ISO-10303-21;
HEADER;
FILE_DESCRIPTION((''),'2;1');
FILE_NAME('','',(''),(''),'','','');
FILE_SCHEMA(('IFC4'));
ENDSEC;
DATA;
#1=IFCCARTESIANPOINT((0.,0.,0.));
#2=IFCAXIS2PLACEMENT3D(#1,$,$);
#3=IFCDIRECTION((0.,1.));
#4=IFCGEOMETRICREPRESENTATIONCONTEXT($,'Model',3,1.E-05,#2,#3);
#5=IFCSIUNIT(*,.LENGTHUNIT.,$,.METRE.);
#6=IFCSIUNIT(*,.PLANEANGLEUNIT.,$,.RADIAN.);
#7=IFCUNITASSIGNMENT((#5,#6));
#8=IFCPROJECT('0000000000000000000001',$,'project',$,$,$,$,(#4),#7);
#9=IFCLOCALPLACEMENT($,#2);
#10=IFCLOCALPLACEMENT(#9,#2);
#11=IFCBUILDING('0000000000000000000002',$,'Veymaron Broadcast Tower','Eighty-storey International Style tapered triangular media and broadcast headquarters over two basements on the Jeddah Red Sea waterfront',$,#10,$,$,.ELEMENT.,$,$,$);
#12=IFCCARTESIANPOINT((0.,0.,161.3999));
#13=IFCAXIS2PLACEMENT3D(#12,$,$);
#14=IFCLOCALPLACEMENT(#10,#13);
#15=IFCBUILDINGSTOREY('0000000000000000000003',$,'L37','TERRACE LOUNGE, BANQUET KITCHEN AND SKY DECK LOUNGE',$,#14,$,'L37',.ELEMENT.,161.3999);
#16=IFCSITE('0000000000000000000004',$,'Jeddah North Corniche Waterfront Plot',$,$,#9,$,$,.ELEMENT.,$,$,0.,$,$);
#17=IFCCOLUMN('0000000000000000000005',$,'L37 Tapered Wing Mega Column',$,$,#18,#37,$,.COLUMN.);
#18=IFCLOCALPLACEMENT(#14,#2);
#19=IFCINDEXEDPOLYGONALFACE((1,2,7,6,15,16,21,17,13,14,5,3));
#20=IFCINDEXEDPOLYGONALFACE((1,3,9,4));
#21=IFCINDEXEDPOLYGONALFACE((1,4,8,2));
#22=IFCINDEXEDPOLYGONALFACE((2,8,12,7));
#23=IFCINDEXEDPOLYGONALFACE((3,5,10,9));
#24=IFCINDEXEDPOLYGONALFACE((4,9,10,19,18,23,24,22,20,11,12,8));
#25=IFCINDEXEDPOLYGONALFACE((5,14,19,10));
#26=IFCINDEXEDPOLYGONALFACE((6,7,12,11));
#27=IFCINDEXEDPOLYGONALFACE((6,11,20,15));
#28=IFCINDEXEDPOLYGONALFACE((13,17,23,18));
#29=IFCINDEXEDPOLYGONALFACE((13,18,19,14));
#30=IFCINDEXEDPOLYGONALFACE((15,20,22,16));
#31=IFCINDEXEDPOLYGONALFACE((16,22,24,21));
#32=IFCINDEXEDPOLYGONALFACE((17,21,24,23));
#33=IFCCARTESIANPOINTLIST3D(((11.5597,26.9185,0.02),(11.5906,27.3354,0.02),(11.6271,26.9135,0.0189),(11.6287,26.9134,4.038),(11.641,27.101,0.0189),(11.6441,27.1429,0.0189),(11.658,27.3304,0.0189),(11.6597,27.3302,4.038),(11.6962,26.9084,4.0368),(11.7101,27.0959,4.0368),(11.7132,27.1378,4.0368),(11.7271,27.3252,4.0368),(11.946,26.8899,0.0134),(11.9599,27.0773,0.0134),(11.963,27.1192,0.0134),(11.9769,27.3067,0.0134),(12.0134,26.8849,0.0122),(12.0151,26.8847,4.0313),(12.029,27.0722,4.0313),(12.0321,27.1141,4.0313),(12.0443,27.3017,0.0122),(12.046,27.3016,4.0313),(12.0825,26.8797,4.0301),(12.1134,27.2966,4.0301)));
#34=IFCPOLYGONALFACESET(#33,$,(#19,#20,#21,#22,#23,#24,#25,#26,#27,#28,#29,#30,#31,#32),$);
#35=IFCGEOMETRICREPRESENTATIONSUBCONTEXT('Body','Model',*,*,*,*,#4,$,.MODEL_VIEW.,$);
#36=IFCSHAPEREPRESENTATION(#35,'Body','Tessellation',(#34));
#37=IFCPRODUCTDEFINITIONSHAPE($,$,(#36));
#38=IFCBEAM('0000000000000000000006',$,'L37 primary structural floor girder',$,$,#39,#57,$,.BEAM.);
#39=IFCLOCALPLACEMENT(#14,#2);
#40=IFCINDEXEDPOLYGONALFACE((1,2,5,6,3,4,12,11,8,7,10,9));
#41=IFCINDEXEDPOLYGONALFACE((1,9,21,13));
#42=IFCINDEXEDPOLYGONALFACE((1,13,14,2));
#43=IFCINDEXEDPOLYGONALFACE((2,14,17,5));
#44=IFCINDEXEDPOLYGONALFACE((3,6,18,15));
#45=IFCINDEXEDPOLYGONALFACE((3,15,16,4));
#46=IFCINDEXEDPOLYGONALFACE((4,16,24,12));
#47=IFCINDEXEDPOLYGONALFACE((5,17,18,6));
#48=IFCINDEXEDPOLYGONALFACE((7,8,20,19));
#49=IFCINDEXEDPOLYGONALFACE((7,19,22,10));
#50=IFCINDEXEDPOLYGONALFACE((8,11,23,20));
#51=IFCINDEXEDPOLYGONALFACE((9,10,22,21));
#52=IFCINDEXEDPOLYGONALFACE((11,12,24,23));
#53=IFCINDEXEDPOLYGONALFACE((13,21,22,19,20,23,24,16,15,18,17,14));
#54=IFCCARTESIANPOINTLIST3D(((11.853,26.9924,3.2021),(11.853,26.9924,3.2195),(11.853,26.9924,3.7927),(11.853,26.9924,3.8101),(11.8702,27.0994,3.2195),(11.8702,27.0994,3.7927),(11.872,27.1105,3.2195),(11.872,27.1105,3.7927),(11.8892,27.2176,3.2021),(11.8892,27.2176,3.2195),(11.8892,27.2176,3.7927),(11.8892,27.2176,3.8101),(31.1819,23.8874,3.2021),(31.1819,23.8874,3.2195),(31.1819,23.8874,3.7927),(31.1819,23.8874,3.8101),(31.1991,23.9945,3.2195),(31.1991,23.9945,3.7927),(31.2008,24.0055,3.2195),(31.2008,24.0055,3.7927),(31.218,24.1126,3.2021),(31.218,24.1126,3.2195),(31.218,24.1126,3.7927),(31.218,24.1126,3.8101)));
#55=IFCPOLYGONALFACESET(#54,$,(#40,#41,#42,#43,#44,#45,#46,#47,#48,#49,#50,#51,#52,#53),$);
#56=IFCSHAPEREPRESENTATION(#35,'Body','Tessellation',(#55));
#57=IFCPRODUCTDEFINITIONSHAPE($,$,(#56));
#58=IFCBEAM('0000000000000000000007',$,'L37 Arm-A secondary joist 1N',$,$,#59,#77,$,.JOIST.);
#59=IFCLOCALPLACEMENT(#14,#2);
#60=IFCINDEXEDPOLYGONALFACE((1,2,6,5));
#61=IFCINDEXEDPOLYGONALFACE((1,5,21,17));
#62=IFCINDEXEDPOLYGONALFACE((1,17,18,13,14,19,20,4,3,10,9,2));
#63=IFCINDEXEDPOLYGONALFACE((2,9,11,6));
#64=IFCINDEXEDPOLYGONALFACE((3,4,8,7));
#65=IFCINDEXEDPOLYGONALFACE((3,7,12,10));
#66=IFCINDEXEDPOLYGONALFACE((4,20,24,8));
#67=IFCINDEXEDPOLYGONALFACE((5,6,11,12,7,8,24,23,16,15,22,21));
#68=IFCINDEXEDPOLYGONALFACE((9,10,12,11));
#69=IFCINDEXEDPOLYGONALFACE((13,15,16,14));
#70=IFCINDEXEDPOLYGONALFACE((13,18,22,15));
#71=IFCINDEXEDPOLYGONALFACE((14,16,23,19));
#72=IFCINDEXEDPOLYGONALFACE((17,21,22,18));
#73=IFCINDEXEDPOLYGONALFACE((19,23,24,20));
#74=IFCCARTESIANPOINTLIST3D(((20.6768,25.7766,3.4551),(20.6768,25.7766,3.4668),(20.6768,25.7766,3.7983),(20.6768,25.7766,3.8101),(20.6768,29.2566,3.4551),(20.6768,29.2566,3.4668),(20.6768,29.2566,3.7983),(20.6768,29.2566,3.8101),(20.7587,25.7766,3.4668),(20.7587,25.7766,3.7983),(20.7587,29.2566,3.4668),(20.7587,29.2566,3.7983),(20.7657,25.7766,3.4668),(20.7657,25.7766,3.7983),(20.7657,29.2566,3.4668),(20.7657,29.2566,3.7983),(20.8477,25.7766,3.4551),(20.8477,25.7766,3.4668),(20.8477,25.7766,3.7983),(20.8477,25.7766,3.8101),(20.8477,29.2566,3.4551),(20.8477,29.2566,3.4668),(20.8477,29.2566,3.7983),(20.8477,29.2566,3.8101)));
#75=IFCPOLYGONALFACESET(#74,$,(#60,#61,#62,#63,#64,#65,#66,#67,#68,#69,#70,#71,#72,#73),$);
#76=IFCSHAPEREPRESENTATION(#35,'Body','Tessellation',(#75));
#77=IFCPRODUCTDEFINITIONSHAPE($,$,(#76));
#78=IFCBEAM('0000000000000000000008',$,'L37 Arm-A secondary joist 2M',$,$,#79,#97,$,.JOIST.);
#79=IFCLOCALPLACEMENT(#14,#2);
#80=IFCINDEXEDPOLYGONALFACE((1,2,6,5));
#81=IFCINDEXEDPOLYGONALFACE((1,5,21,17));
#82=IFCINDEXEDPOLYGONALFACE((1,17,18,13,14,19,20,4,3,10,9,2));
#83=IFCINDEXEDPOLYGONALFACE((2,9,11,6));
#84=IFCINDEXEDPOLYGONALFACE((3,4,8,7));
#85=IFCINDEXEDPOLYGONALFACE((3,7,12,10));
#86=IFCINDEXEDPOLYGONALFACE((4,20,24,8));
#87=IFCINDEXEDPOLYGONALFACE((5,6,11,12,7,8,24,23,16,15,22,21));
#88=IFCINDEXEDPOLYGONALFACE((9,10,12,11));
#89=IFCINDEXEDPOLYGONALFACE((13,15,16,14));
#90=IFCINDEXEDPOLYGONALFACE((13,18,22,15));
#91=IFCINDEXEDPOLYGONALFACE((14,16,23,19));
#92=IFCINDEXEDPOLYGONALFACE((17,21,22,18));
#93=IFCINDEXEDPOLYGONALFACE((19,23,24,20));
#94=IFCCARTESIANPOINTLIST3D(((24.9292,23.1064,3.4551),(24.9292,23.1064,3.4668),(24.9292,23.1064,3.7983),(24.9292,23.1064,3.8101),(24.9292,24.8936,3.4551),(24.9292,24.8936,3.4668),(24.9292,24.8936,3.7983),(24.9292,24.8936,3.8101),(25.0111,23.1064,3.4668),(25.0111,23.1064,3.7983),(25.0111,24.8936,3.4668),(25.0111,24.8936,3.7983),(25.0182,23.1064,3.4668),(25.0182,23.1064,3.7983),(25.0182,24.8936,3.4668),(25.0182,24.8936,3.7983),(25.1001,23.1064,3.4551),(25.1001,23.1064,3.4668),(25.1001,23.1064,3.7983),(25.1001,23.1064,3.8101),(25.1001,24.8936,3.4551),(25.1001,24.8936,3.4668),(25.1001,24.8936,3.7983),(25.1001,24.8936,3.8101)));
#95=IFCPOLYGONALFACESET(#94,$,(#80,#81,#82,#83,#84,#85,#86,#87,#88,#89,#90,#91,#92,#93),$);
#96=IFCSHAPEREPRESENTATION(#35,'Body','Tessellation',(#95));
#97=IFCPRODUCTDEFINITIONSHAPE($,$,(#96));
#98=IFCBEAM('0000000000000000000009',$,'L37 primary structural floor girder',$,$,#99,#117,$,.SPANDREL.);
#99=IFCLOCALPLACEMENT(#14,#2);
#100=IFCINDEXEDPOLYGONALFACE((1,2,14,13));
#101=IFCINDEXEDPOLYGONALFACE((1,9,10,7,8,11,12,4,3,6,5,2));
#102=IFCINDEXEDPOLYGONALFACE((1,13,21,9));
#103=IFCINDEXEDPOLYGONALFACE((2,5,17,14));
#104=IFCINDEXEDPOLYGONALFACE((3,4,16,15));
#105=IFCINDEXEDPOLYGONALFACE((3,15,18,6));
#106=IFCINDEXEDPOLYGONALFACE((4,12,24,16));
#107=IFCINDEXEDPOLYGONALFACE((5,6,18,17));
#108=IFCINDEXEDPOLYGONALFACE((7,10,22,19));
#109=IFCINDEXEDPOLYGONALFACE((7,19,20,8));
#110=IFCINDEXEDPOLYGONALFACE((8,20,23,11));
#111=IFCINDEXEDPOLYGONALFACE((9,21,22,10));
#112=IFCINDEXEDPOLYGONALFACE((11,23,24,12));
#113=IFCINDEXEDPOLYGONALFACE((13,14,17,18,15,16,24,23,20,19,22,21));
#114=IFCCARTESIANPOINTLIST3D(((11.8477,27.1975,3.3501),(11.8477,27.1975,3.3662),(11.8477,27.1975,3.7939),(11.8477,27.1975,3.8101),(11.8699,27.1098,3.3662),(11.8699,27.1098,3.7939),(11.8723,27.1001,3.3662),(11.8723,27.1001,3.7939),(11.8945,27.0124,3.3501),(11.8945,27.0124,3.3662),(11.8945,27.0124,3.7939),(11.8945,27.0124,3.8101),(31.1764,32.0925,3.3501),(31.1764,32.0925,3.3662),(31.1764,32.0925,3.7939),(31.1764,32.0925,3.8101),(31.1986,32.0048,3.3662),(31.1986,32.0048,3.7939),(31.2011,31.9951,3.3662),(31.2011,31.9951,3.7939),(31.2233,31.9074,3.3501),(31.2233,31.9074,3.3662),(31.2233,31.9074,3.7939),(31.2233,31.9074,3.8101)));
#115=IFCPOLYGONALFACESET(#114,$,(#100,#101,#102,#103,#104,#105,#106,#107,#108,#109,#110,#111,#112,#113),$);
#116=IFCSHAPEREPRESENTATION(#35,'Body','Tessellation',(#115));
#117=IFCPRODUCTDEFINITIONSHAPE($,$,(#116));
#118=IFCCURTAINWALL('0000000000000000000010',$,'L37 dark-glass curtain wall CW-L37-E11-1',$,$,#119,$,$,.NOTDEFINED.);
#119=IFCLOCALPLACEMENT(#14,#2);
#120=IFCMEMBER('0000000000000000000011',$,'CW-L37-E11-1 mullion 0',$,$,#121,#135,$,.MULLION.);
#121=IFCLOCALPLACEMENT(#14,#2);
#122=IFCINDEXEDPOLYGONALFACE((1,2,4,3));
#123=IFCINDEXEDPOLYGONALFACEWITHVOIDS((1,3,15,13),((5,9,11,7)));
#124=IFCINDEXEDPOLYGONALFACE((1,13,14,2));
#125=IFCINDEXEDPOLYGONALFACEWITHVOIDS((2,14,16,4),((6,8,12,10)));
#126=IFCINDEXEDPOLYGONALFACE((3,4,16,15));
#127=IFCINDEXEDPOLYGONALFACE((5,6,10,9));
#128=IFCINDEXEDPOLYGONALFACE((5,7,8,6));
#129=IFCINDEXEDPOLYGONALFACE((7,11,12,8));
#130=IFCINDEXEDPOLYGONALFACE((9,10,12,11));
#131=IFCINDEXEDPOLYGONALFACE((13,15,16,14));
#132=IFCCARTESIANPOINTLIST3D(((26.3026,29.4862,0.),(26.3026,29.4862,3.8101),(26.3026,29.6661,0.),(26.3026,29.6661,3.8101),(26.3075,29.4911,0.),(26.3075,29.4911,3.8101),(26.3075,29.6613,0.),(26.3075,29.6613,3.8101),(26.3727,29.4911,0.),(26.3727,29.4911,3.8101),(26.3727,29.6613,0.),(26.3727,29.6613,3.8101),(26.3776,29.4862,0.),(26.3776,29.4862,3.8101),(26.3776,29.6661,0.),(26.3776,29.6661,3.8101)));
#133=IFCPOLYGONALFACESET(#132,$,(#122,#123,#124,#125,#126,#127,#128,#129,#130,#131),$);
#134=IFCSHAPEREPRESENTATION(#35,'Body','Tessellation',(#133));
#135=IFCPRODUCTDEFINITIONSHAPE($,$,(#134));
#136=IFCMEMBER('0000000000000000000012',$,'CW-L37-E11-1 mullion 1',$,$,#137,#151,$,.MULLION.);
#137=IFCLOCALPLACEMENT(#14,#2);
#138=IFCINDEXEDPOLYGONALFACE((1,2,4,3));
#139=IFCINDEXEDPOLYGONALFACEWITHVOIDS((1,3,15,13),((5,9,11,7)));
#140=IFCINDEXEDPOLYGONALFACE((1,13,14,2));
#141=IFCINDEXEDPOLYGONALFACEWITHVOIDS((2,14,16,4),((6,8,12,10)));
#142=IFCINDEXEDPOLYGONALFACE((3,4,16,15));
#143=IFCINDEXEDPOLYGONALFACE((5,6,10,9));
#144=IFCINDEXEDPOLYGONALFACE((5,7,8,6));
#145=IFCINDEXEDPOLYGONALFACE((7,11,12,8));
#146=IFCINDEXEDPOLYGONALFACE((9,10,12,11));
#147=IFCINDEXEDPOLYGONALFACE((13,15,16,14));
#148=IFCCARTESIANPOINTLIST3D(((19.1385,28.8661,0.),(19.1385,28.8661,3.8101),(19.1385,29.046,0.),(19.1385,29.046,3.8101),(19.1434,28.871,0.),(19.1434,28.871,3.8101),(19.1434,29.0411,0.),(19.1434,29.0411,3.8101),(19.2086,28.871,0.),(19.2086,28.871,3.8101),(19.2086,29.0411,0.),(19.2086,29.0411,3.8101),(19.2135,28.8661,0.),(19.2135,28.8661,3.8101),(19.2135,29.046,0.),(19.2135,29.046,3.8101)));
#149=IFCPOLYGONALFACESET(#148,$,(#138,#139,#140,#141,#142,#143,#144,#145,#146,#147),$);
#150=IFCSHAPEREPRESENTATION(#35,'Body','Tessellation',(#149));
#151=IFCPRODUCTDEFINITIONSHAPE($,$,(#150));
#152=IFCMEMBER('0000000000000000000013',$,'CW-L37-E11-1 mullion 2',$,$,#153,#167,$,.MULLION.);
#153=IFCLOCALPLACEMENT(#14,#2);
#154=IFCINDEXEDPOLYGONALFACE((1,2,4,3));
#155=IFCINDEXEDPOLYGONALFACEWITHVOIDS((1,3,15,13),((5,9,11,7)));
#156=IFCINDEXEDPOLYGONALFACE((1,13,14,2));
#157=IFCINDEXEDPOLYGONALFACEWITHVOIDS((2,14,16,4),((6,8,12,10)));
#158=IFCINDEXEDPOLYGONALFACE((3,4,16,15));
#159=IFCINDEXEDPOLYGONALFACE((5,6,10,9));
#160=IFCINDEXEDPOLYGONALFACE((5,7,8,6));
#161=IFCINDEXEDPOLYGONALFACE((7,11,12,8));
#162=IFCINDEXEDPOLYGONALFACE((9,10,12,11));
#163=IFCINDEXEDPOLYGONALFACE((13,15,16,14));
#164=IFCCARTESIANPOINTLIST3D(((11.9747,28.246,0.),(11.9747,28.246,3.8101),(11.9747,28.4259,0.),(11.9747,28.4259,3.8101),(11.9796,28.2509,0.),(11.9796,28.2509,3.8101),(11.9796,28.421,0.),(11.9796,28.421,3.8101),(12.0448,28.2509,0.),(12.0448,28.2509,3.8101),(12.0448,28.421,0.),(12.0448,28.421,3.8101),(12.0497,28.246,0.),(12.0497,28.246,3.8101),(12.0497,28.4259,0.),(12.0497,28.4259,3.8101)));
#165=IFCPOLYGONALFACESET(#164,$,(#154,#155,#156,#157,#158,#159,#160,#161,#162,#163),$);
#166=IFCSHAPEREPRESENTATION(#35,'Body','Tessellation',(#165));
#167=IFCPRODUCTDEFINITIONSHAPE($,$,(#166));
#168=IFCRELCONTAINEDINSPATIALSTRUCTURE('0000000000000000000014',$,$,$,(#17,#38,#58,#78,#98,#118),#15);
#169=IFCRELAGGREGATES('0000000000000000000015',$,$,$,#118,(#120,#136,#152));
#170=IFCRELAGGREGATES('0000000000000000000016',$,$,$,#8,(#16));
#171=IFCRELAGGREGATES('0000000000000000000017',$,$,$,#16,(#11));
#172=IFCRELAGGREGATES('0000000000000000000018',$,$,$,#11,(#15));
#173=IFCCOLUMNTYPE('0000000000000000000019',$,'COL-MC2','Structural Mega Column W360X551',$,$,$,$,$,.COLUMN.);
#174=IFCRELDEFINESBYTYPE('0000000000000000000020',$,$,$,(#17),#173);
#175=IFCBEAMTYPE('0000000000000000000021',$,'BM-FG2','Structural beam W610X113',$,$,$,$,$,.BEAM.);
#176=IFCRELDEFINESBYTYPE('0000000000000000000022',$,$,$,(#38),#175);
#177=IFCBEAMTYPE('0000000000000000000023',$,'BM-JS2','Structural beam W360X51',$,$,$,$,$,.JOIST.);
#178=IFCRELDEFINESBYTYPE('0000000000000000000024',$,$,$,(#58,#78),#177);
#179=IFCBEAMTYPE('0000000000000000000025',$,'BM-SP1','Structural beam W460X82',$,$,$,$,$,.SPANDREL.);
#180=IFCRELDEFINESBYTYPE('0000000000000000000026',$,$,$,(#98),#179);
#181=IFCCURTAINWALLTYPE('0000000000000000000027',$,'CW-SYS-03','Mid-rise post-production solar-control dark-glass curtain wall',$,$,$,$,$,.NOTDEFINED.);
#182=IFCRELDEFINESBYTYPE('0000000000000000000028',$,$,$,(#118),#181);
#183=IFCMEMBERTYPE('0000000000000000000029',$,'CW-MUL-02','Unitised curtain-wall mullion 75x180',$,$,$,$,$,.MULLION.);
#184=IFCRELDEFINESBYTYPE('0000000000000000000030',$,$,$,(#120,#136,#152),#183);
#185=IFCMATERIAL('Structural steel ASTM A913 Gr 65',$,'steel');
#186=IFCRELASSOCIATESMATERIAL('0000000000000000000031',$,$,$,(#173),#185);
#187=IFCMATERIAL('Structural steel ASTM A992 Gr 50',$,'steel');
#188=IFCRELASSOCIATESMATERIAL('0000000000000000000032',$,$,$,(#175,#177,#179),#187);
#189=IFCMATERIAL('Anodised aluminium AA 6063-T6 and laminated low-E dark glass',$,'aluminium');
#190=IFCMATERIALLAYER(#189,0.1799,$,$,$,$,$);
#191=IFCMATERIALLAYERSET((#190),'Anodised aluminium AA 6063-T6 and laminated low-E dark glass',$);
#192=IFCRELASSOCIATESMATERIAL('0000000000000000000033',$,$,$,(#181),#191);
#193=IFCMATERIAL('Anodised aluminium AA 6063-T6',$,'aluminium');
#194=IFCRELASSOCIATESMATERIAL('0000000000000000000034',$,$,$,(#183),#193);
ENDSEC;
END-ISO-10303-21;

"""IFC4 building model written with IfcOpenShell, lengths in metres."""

from ifc_helpers import new_model, si_unit, direction, frame, origin, origin_2d, place, context, subcontext, project, spatial, hollow_rectangle, i_section, extrude, material, layer, layer_set, material_profile, profile_set, type_object, element, aggregate, save


model = new_model("IFC4")

# Units and contexts
model_context = context("Model", 3, precision=1e-05, world=origin(), true_north=direction((0.0, 1.0)))
body_context = subcontext(model_context, "Body", "Model", "MODEL_VIEW")
ifc_project = project(units=[si_unit("LENGTHUNIT", "METRE"), si_unit("PLANEANGLEUNIT", "RADIAN")], contexts=[model_context])

# Site, building, storey
site_placement = place(None, origin())
site = spatial("IfcSite", under=ifc_project, at=site_placement, Name="Jeddah North Corniche Waterfront Plot", CompositionType="ELEMENT", RefElevation=0.0)
building_placement = place(site_placement, origin())
building = spatial("IfcBuilding", under=site, at=building_placement, Name="Veymaron Broadcast Tower", Description="Eighty-storey International Style tapered triangular media and broadcast headquarters over two basements on the Jeddah Red Sea waterfront", CompositionType="ELEMENT")
storey_placement = place(building_placement, frame((0.0, 0.0, 161.3999)))
storey = spatial("IfcBuildingStorey", under=building, at=storey_placement, Name="L37", Description="TERRACE LOUNGE, BANQUET KITCHEN AND SKY DECK LOUNGE", LongName="L37", CompositionType="ELEMENT", Elevation=161.3999)

# Column
ifc_material_1 = material(Name="Structural steel ASTM A913 Gr 65", Category="steel")
ifc_material_profile_1 = material_profile(ifc_material_1, i_section(OverallWidth=0.418, OverallDepth=0.4551, WebThickness=0.042, FlangeThickness=0.0676, at=origin_2d()), Name="W360X551")
ifc_profile_set_1 = profile_set([ifc_material_profile_1], Name="Structural steel ASTM A913 Gr 65")
column_type = type_object("IfcColumnType", Name="COL-MC2", Description="Structural Mega Column W360X551", PredefinedType="COLUMN", material=ifc_profile_set_1)
column_placement = place(storey_placement, frame((11.802, 27.1101, 0.0161), z_axis=(0.017193, -0.001276, 0.999851), x_axis=(0.074001, 0.997258, 0.0)))
element("IfcColumn", 1, at=column_placement, inside=storey, type_object=column_type, Name="L37 Tapered Wing Mega Column", PredefinedType="COLUMN", context=body_context, shape_type="SweptSolid", body=[
    extrude(i_section(OverallWidth=0.418, OverallDepth=0.4551, WebThickness=0.042, FlangeThickness=0.0676, at=origin_2d()), origin(), (0.0, 0.0, 1.0), 4.0186),
])

# Beams
ifc_material_2 = material(Name="Structural steel ASTM A992 Gr 50", Category="steel")
ifc_material_profile_2 = material_profile(ifc_material_2, i_section(OverallWidth=0.228, OverallDepth=0.6079, WebThickness=0.0112, FlangeThickness=0.0173, at=origin_2d()), Name="W610X113")
ifc_profile_set_2 = profile_set([ifc_material_profile_2], Name="Structural steel ASTM A992 Gr 50")
beam_type_1 = type_object("IfcBeamType", Name="BM-FG2", Description="Structural beam W610X113", PredefinedType="BEAM", material=ifc_profile_set_2)
beam_1_placement = place(storey_placement, frame((11.8711, 27.105, 3.5061), z_axis=(0.987342, -0.158606, 0.0), x_axis=(0.158606, 0.987342, 0.0)))
element("IfcBeam", 2, at=beam_1_placement, inside=storey, type_object=beam_type_1, Name="L37 primary structural floor girder", PredefinedType="BEAM", context=body_context, shape_type="SweptSolid", body=[
    extrude(i_section(OverallWidth=0.228, OverallDepth=0.6079, WebThickness=0.0112, FlangeThickness=0.0173, at=origin_2d()), origin(), (0.0, 0.0, 1.0), 19.5767),
])
ifc_material_profile_3 = material_profile(ifc_material_2, i_section(OverallWidth=0.1709, OverallDepth=0.355, WebThickness=0.0071, FlangeThickness=0.0117, at=origin_2d()), Name="W360X51")
ifc_profile_set_3 = profile_set([ifc_material_profile_3], Name="Structural steel ASTM A992 Gr 50")
beam_type_2 = type_object("IfcBeamType", Name="BM-JS2", Description="Structural beam W360X51", PredefinedType="JOIST", material=ifc_profile_set_3)
beam_2_placement = place(storey_placement, frame((20.7622, 25.7766, 3.6326), z_axis=(0.0, 1.0, 0.0), x_axis=(-1.0, 0.0, 0.0)))
element("IfcBeam", 3, at=beam_2_placement, inside=storey, type_object=beam_type_2, Name="L37 Arm-A secondary joist 1N", PredefinedType="JOIST", context=body_context, shape_type="SweptSolid", body=[
    extrude(i_section(OverallWidth=0.1709, OverallDepth=0.355, WebThickness=0.0071, FlangeThickness=0.0117, at=origin_2d()), origin(), (0.0, 0.0, 1.0), 3.48),
])
beam_3_placement = place(storey_placement, frame((25.0146, 23.1064, 3.6326), z_axis=(0.0, 1.0, 0.0), x_axis=(-1.0, 0.0, 0.0)))
element("IfcBeam", 4, at=beam_3_placement, inside=storey, type_object=beam_type_2, Name="L37 Arm-A secondary joist 2M", PredefinedType="JOIST", context=body_context, shape_type="SweptSolid", body=[
    extrude(i_section(OverallWidth=0.1709, OverallDepth=0.355, WebThickness=0.0071, FlangeThickness=0.0117, at=origin_2d()), origin(), (0.0, 0.0, 1.0), 1.7871),
])
ifc_material_profile_4 = material_profile(ifc_material_2, i_section(OverallWidth=0.1909, OverallDepth=0.46, WebThickness=0.01, FlangeThickness=0.0161, at=origin_2d()), Name="W460X82")
ifc_profile_set_4 = profile_set([ifc_material_profile_4], Name="Structural steel ASTM A992 Gr 50")
beam_type_3 = type_object("IfcBeamType", Name="BM-SP1", Description="Structural beam W460X82", PredefinedType="SPANDREL", material=ifc_profile_set_4)
beam_4_placement = place(storey_placement, frame((11.8711, 27.105, 3.5801), z_axis=(0.969397, 0.245499, 0.0), x_axis=(-0.245499, 0.969397, 0.0)))
element("IfcBeam", 5, at=beam_4_placement, inside=storey, type_object=beam_type_3, Name="L37 primary structural floor girder", PredefinedType="SPANDREL", context=body_context, shape_type="SweptSolid", body=[
    extrude(i_section(OverallWidth=0.1909, OverallDepth=0.46, WebThickness=0.01, FlangeThickness=0.0161, at=origin_2d()), origin(), (0.0, 0.0, 1.0), 19.939),
])

# Curtain wall, members
ifc_material_3 = material(Name="Anodised aluminium AA 6063-T6 and laminated low-E dark glass", Category="aluminium")
ifc_layer_1 = layer(ifc_material_3, 0.1799)
ifc_layer_set_1 = layer_set([ifc_layer_1], Name="Anodised aluminium AA 6063-T6 and laminated low-E dark glass")
curtain_wall_type = type_object("IfcCurtainWallType", Name="CW-SYS-03", Description="Mid-rise post-production solar-control dark-glass curtain wall", PredefinedType="NOTDEFINED", material=ifc_layer_set_1)
curtain_wall_placement = place(storey_placement, origin())
curtain_wall = element("IfcCurtainWall", 6, at=curtain_wall_placement, inside=storey, type_object=curtain_wall_type, Name="L37 dark-glass curtain wall CW-L37-E11-1", PredefinedType="NOTDEFINED")
ifc_material_4 = material(Name="Anodised aluminium AA 6063-T6", Category="aluminium")
ifc_material_profile_5 = material_profile(ifc_material_4, hollow_rectangle(XDim=0.075, YDim=0.1799, WallThickness=0.0049, at=origin_2d()), Name="AL180X75X5")
ifc_profile_set_5 = profile_set([ifc_material_profile_5], Name="Anodised aluminium AA 6063-T6")
member_type_1 = type_object("IfcMemberType", Name="CW-MUL-02", Description="Unitised curtain-wall mullion 75x180", PredefinedType="MULLION", material=ifc_profile_set_5)
member_1_placement = place(storey_placement, frame((26.3401, 29.5762, 0.0), z_axis=(0.0, 0.0, 1.0), x_axis=(1.0, 0.0, 0.0)))
member_1 = element("IfcMember", 7, at=member_1_placement, type_object=member_type_1, Name="CW-L37-E11-1 mullion 0", PredefinedType="MULLION", context=body_context, shape_type="SweptSolid", body=[
    extrude(hollow_rectangle(XDim=0.075, YDim=0.1799, WallThickness=0.0049, at=origin_2d()), origin(), (0.0, 0.0, 1.0), 3.8101),
])
member_2_placement = place(storey_placement, frame((19.176, 28.9561, 0.0), z_axis=(0.0, 0.0, 1.0), x_axis=(1.0, 0.0, 0.0)))
member_2 = element("IfcMember", 8, at=member_2_placement, type_object=member_type_1, Name="CW-L37-E11-1 mullion 1", PredefinedType="MULLION", context=body_context, shape_type="SweptSolid", body=[
    extrude(hollow_rectangle(XDim=0.075, YDim=0.1799, WallThickness=0.0049, at=origin_2d()), origin(), (0.0, 0.0, 1.0), 3.8101),
])
member_3_placement = place(storey_placement, frame((12.0122, 28.3359, 0.0), z_axis=(0.0, 0.0, 1.0), x_axis=(1.0, 0.0, 0.0)))
member_3 = element("IfcMember", 9, at=member_3_placement, type_object=member_type_1, Name="CW-L37-E11-1 mullion 2", PredefinedType="MULLION", context=body_context, shape_type="SweptSolid", body=[
    extrude(hollow_rectangle(XDim=0.075, YDim=0.1799, WallThickness=0.0049, at=origin_2d()), origin(), (0.0, 0.0, 1.0), 3.8101),
])
aggregate(curtain_wall, [member_1, member_2, member_3])

save(model, "model.ifc")
